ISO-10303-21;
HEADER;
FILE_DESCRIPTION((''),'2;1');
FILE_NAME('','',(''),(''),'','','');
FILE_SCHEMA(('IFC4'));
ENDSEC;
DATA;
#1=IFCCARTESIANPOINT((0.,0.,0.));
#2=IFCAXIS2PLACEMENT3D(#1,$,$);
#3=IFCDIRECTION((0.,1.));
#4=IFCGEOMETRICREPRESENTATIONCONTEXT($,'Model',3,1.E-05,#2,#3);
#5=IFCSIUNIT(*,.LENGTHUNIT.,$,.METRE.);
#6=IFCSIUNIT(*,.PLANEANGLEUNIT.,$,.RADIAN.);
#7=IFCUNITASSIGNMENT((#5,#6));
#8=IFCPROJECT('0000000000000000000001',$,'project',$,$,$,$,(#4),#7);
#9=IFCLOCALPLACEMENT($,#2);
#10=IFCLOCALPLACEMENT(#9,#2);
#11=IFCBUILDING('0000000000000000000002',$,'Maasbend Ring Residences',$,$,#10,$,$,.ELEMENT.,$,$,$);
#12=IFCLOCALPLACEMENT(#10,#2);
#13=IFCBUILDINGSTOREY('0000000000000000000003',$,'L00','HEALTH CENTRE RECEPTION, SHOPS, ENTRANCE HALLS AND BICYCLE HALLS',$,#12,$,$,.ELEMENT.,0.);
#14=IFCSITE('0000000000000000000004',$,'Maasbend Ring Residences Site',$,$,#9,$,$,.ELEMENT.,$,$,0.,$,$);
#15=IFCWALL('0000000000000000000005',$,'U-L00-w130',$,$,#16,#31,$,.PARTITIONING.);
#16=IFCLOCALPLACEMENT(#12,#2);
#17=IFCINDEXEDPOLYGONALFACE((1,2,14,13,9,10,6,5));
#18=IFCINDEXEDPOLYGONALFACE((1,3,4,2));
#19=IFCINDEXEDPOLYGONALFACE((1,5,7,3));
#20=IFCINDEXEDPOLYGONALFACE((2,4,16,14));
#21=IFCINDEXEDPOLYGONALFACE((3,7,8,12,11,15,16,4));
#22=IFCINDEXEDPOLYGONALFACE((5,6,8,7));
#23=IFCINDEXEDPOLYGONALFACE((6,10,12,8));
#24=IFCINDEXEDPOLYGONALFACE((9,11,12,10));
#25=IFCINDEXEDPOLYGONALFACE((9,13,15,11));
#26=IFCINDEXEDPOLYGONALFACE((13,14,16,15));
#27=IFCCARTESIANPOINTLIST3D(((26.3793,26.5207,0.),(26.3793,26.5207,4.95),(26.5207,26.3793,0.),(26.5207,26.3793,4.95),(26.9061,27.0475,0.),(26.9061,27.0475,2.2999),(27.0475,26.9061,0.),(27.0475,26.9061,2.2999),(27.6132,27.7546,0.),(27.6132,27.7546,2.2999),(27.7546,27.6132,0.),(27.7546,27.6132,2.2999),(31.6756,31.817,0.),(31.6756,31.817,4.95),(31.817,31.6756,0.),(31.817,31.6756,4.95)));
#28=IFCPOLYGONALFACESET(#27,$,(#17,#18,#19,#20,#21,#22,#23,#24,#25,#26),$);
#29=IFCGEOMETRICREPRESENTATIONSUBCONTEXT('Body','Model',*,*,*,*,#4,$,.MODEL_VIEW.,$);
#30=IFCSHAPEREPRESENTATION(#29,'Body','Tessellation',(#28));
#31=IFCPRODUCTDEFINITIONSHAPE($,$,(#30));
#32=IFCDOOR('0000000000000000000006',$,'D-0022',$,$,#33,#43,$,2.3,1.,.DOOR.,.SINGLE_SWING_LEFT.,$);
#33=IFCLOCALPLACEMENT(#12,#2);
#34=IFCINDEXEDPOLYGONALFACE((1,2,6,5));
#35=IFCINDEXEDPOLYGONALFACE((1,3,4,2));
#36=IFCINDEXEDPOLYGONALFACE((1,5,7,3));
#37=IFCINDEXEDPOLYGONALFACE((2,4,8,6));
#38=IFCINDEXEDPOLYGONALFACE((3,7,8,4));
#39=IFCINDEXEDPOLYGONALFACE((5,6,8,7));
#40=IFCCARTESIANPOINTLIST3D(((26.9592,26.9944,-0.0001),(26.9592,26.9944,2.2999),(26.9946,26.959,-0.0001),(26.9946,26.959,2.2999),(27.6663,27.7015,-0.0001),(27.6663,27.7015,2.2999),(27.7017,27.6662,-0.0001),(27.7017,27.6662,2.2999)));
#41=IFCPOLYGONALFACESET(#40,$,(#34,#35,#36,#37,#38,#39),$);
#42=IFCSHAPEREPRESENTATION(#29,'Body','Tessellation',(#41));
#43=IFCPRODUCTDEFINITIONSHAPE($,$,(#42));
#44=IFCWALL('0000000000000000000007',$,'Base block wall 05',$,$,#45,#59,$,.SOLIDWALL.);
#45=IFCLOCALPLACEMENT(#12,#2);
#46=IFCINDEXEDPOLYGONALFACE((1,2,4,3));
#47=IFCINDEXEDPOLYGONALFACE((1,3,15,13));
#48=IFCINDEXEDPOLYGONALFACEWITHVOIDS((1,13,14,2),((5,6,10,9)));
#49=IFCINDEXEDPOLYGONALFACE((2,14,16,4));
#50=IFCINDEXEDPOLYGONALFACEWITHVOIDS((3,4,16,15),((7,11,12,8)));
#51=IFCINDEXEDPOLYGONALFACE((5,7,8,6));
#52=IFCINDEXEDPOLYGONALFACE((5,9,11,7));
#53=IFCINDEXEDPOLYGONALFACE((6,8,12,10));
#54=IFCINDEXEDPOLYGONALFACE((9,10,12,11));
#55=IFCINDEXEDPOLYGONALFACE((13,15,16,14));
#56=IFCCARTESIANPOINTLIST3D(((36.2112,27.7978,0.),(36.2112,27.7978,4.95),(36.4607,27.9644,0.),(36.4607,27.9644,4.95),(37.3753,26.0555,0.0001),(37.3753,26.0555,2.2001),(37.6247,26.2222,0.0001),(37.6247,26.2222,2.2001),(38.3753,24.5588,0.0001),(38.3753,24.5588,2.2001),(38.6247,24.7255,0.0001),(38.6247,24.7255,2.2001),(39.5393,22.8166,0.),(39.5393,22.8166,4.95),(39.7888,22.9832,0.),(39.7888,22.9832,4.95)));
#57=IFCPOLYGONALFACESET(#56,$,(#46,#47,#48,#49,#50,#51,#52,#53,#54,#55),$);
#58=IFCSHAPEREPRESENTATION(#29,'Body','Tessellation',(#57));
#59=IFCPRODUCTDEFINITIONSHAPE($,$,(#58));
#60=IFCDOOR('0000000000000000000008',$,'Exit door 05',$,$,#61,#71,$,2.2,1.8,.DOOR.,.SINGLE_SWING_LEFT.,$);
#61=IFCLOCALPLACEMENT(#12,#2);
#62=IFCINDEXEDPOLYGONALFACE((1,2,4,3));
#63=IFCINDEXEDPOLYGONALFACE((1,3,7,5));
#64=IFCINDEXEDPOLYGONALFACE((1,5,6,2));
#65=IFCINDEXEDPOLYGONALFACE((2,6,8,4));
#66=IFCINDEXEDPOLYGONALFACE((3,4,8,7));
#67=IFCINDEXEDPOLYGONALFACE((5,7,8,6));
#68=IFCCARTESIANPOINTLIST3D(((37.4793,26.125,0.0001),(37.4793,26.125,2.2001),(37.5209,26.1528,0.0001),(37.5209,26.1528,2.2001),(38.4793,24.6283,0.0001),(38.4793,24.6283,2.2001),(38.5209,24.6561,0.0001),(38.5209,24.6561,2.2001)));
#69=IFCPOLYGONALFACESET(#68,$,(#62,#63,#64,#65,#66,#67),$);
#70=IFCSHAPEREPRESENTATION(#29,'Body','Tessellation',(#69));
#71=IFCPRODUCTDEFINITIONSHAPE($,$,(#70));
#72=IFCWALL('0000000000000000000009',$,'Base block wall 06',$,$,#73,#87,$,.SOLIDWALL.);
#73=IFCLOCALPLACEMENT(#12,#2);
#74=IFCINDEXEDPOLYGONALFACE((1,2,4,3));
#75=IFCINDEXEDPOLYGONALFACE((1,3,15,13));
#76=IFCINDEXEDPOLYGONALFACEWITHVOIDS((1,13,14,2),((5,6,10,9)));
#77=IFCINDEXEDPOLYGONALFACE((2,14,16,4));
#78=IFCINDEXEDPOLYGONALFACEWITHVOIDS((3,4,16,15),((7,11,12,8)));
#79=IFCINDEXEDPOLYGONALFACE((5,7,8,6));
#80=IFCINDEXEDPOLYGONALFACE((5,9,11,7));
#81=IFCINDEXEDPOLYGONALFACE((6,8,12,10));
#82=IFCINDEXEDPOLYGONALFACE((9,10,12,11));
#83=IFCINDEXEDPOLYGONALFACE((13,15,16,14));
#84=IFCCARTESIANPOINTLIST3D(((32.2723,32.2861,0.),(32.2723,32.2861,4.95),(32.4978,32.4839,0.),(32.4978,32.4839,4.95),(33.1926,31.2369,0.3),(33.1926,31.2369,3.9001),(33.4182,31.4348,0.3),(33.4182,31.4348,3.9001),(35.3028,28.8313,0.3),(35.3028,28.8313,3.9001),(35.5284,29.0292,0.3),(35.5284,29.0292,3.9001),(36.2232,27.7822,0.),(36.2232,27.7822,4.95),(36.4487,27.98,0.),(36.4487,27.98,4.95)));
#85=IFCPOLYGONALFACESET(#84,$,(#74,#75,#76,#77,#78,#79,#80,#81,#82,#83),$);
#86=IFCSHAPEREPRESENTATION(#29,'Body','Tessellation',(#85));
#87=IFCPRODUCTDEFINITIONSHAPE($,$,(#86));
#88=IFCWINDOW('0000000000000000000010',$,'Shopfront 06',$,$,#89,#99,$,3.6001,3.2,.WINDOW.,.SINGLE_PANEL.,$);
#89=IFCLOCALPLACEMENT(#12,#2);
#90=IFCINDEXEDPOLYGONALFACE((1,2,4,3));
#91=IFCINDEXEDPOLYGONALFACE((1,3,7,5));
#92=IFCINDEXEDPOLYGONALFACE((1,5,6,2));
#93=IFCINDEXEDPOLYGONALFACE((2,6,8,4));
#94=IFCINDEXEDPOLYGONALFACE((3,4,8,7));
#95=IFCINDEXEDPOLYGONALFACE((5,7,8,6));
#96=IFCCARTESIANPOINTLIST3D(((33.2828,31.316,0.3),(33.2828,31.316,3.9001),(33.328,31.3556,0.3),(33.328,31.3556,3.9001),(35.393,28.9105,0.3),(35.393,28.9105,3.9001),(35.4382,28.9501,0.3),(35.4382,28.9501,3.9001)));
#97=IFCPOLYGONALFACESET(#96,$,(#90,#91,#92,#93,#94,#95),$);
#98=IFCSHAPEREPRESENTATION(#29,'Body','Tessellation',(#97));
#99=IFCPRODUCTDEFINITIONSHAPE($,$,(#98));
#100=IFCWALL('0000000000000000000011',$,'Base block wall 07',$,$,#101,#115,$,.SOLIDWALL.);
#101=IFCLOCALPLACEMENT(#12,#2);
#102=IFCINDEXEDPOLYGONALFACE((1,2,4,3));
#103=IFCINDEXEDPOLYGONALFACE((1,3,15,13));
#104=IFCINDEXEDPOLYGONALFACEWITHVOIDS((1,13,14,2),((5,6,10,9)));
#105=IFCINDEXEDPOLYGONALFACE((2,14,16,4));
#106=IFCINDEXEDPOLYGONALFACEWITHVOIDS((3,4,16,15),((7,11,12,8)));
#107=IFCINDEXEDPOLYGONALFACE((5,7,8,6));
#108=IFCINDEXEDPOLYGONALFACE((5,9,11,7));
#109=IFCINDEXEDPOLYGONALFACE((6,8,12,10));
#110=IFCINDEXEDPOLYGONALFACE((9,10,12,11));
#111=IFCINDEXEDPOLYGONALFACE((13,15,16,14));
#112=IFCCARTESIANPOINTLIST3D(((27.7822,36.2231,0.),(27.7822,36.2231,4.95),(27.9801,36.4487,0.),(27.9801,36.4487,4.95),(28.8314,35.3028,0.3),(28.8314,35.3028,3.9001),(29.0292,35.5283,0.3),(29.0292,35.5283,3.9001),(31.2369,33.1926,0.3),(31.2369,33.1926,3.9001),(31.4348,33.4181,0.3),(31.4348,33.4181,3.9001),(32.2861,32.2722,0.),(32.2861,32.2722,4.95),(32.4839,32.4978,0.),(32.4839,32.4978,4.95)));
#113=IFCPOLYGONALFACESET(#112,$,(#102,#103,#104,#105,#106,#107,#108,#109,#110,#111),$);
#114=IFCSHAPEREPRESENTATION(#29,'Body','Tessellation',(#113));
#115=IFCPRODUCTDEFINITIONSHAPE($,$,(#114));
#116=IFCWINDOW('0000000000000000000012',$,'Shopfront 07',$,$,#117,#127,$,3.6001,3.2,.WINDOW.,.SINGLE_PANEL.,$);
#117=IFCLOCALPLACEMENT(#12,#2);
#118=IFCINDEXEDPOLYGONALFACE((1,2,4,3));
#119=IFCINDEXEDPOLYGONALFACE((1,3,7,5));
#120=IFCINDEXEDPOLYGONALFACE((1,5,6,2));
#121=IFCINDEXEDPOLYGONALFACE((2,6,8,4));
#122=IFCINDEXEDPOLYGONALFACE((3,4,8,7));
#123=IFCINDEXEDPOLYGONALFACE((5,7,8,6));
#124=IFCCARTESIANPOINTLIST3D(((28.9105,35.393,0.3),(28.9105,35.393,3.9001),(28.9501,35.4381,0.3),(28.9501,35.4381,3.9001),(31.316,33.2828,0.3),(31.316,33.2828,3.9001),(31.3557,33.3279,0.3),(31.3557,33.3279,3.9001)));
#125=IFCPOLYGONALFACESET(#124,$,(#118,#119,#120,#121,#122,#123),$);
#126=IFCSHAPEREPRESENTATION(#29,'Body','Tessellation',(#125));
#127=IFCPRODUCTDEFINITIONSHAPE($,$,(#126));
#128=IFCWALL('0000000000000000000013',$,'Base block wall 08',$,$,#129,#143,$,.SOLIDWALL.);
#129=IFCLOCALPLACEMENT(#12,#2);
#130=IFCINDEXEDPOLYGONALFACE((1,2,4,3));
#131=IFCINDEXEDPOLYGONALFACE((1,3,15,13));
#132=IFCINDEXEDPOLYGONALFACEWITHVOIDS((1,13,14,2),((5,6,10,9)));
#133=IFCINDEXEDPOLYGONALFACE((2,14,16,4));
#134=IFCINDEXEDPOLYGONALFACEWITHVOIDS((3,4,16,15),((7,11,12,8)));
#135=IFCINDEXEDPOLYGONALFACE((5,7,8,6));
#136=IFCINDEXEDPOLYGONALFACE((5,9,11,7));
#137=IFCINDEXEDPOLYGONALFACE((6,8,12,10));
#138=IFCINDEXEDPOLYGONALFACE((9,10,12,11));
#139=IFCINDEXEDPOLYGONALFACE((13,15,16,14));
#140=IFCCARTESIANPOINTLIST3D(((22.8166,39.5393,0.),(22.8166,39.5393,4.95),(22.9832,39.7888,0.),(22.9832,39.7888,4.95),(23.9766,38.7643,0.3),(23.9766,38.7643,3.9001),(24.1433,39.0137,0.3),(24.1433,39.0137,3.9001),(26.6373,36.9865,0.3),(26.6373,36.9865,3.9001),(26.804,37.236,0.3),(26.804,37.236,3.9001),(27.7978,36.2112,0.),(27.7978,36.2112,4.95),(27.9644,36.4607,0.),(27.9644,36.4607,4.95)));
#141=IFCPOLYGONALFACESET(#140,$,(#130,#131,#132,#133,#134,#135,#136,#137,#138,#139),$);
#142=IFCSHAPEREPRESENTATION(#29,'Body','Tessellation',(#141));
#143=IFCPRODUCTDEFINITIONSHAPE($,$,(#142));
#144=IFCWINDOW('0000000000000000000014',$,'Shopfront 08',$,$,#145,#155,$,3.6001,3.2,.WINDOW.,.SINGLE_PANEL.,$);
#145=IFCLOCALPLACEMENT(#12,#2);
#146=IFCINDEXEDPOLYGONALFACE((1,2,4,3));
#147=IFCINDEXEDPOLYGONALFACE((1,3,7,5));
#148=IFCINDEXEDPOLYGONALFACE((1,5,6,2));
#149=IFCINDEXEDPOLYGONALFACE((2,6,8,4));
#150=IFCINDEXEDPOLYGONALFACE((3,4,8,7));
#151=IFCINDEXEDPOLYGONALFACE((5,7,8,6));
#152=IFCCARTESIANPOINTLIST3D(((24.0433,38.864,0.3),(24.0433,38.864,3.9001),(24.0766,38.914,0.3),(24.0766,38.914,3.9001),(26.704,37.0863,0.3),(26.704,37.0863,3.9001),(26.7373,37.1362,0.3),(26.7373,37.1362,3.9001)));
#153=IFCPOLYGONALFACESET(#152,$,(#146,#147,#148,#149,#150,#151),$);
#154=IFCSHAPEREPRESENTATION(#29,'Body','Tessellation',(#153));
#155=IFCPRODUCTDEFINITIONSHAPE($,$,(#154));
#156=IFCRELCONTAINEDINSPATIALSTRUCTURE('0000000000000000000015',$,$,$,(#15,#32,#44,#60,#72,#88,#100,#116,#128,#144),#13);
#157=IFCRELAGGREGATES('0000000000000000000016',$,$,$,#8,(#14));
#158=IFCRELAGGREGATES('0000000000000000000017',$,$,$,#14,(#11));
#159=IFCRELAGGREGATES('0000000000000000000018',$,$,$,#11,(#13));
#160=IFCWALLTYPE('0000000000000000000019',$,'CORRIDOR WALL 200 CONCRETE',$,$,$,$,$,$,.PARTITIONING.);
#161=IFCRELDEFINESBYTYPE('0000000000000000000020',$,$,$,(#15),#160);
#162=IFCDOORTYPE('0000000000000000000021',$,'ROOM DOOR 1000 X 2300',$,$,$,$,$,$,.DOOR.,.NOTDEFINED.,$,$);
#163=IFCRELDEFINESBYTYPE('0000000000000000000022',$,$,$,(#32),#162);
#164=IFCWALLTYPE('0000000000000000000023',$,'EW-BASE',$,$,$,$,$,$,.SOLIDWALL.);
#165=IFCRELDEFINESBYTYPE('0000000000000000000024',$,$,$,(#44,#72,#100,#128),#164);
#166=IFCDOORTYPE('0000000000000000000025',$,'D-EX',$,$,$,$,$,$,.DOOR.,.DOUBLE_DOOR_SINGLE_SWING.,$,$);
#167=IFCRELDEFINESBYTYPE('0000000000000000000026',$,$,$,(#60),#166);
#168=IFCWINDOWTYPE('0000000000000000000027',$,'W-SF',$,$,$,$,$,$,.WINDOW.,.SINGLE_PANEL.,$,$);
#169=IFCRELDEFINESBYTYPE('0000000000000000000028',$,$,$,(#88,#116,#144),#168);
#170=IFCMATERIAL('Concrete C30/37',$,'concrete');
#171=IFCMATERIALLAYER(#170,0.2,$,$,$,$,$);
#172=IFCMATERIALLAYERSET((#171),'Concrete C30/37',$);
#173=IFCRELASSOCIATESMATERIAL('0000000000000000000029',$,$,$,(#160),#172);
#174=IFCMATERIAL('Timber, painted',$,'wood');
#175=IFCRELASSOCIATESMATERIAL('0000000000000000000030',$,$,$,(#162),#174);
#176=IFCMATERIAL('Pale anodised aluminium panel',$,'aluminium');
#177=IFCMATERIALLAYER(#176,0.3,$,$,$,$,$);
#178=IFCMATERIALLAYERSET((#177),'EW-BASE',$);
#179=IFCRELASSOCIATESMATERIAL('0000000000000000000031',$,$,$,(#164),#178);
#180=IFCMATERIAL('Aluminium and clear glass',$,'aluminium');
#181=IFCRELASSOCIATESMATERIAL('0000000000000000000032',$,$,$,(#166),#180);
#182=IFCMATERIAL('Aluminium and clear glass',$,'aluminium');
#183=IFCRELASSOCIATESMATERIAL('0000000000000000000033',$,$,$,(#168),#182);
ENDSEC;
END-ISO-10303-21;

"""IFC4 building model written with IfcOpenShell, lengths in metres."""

from ifc_helpers import new_model, si_unit, direction, frame, frame_2d, origin, place, context, subcontext, project, spatial, rectangle, extrude, material, layer, layer_set, type_object, element, fill, save


model = new_model("IFC4")

# Units and contexts
model_context = context("Model", 3, precision=1e-05, world=origin(), true_north=direction((0.0, 1.0)))
body_context = subcontext(model_context, "Body", "Model", "MODEL_VIEW")
ifc_project = project(units=[si_unit("LENGTHUNIT", "METRE"), si_unit("PLANEANGLEUNIT", "RADIAN")], contexts=[model_context])

# Site, building, storey
site_placement = place(None, origin())
site = spatial("IfcSite", under=ifc_project, at=site_placement, Name="Maasbend Ring Residences Site", CompositionType="ELEMENT", RefElevation=0.0)
building_placement = place(site_placement, origin())
building = spatial("IfcBuilding", under=site, at=building_placement, Name="Maasbend Ring Residences", CompositionType="ELEMENT")
storey_placement = place(building_placement, origin())
storey = spatial("IfcBuildingStorey", under=building, at=storey_placement, Name="L00", Description="HEALTH CENTRE RECEPTION, SHOPS, ENTRANCE HALLS AND BICYCLE HALLS", CompositionType="ELEMENT", Elevation=0.0)

# Walls, openings, doors
ifc_material_1 = material(Name="Concrete C30/37", Category="concrete")
ifc_layer_1 = layer(ifc_material_1, 0.2)
ifc_layer_set_1 = layer_set([ifc_layer_1], Name="Concrete C30/37")
wall_type_1 = type_object("IfcWallType", Name="CORRIDOR WALL 200 CONCRETE", PredefinedType="PARTITIONING", material=ifc_layer_set_1)
wall_1_placement = place(storey_placement, frame((26.45, 26.45, 0.0), z_axis=(0.0, 0.0, 1.0), x_axis=(0.707107, 0.707107, 0.0)))
wall_1 = element("IfcWall", 1, at=wall_1_placement, inside=storey, type_object=wall_type_1, Name="U-L00-w130", PredefinedType="PARTITIONING", context=body_context, shape_type="SweptSolid", body=[
    extrude(rectangle(XDim=7.49, YDim=0.2, at=frame_2d((3.7451, 0.0))), origin(), (0.0, 0.0, 1.0), 4.95),
])
opening_1_placement = place(wall_1_placement, frame((0.7451, 0.0, 0.0)))
opening_1 = element("IfcOpeningElement", 2, at=opening_1_placement, cuts=wall_1, PredefinedType="OPENING", context=body_context, shape_type="SweptSolid", body=[
    extrude(rectangle(XDim=1.0, YDim=2.3, at=frame_2d((0.5, 1.1499))), frame((0.0, 0.1099, 0.0), z_axis=(0.0, -1.0, 0.0), x_axis=(1.0, 0.0, 0.0)), (0.0, 0.0, 1.0), 0.22),
])
ifc_material_2 = material(Name="Timber, painted", Category="wood")
door_type_1 = type_object("IfcDoorType", Name="ROOM DOOR 1000 X 2300", OperationType="NOTDEFINED", PredefinedType="DOOR", material=ifc_material_2)
door_1_placement = place(opening_1_placement, origin())
door_1 = element("IfcDoor", 3, at=door_1_placement, inside=storey, type_object=door_type_1, Name="D-0022", OperationType="SINGLE_SWING_LEFT", OverallHeight=2.3, OverallWidth=1.0, PredefinedType="DOOR", context=body_context, shape_type="SweptSolid", body=[
    extrude(rectangle(XDim=1.0, YDim=2.3, at=frame_2d((0.5, 1.1499))), frame((0.0, 0.0249, 0.0), z_axis=(0.0, -1.0, 0.0), x_axis=(1.0, 0.0, 0.0)), (0.0, 0.0, 1.0), 0.05),
])
fill(opening_1, door_1)
ifc_material_3 = material(Name="Pale anodised aluminium panel", Category="aluminium")
ifc_layer_2 = layer(ifc_material_3, 0.3)
ifc_layer_set_2 = layer_set([ifc_layer_2], Name="EW-BASE")
wall_type_2 = type_object("IfcWallType", Name="EW-BASE", PredefinedType="SOLIDWALL", material=ifc_layer_set_2)
wall_2_placement = place(storey_placement, frame((39.6641, 22.8999, 0.0), z_axis=(0.0, 0.0, 1.0), x_axis=(-0.555546, 0.831486, 0.0)))
wall_2 = element("IfcWall", 4, at=wall_2_placement, inside=storey, type_object=wall_type_2, Name="Base block wall 05", PredefinedType="SOLIDWALL", context=body_context, shape_type="SweptSolid", body=[
    extrude(rectangle(XDim=5.9907, YDim=0.3, at=frame_2d((2.9954, 0.0))), origin(), (0.0, 0.0, 1.0), 4.95),
])
opening_2_placement = place(wall_2_placement, frame((2.0955, 0.0, 0.0)))
opening_2 = element("IfcOpeningElement", 5, at=opening_2_placement, cuts=wall_2, PredefinedType="OPENING", context=body_context, shape_type="SweptSolid", body=[
    extrude(rectangle(XDim=1.8, YDim=2.2, at=frame_2d((0.8999, 1.1001))), frame((0.0, 0.1602, 0.0), z_axis=(0.0, -1.0, 0.0), x_axis=(1.0, 0.0, 0.0)), (0.0, 0.0, 1.0), 0.3201),
])
ifc_material_4 = material(Name="Aluminium and clear glass", Category="aluminium")
door_type_2 = type_object("IfcDoorType", Name="D-EX", OperationType="DOUBLE_DOOR_SINGLE_SWING", PredefinedType="DOOR", material=ifc_material_4)
door_2_placement = place(opening_2_placement, origin())
door_2 = element("IfcDoor", 6, at=door_2_placement, inside=storey, type_object=door_type_2, Name="Exit door 05", OperationType="SINGLE_SWING_LEFT", OverallHeight=2.2, OverallWidth=1.8, PredefinedType="DOOR", context=body_context, shape_type="SweptSolid", body=[
    extrude(rectangle(XDim=1.8, YDim=2.2, at=frame_2d((0.8999, 1.1001))), frame((0.0, 0.0249, 0.0), z_axis=(0.0, -1.0, 0.0), x_axis=(1.0, 0.0, 0.0)), (0.0, 0.0, 1.0), 0.05),
])
fill(opening_2, door_2)

# Walls, openings, windows
wall_3_placement = place(storey_placement, frame((36.3359, 27.8811, 0.0), z_axis=(0.0, 0.0, 1.0), x_axis=(-0.65945, 0.751748, 0.0)))
wall_3 = element("IfcWall", 7, at=wall_3_placement, inside=storey, type_object=wall_type_2, Name="Base block wall 06", PredefinedType="SOLIDWALL", context=body_context, shape_type="SweptSolid", body=[
    extrude(rectangle(XDim=5.9912, YDim=0.3, at=frame_2d((2.9956, 0.0))), origin(), (0.0, 0.0, 1.0), 4.95),
])
opening_3_placement = place(wall_3_placement, frame((1.3955, 0.0, 0.3)))
opening_3 = element("IfcOpeningElement", 8, at=opening_3_placement, cuts=wall_3, PredefinedType="OPENING", context=body_context, shape_type="SweptSolid", body=[
    extrude(rectangle(XDim=3.2, YDim=3.6001, at=frame_2d((1.6001, 1.8))), frame((0.0, 0.1602, 0.0), z_axis=(0.0, -1.0, 0.0), x_axis=(1.0, 0.0, 0.0)), (0.0, 0.0, 1.0), 0.3201),
])
ifc_material_5 = material(Name="Aluminium and clear glass", Category="aluminium")
window_type = type_object("IfcWindowType", Name="W-SF", PartitioningType="SINGLE_PANEL", PredefinedType="WINDOW", material=ifc_material_5)
window_1_placement = place(opening_3_placement, origin())
window_1 = element("IfcWindow", 9, at=window_1_placement, inside=storey, type_object=window_type, Name="Shopfront 06", OverallHeight=3.6001, OverallWidth=3.2, PartitioningType="SINGLE_PANEL", PredefinedType="WINDOW", context=body_context, shape_type="SweptSolid", body=[
    extrude(rectangle(XDim=3.2, YDim=3.6001, at=frame_2d((1.6001, 1.8))), frame((0.0, 0.03, 0.0), z_axis=(0.0, -1.0, 0.0), x_axis=(1.0, 0.0, 0.0)), (0.0, 0.0, 1.0), 0.0601),
])
fill(opening_3, window_1)
wall_4_placement = place(storey_placement, frame((32.385, 32.385, 0.0), z_axis=(0.0, 0.0, 1.0), x_axis=(-0.751748, 0.65945, 0.0)))
wall_4 = element("IfcWall", 10, at=wall_4_placement, inside=storey, type_object=wall_type_2, Name="Base block wall 07", PredefinedType="SOLIDWALL", context=body_context, shape_type="SweptSolid", body=[
    extrude(rectangle(XDim=5.9912, YDim=0.3, at=frame_2d((2.9956, 0.0))), origin(), (0.0, 0.0, 1.0), 4.95),
])
opening_4_placement = place(wall_4_placement, frame((1.3955, 0.0, 0.3)))
opening_4 = element("IfcOpeningElement", 11, at=opening_4_placement, cuts=wall_4, PredefinedType="OPENING", context=body_context, shape_type="SweptSolid", body=[
    extrude(rectangle(XDim=3.2, YDim=3.6001, at=frame_2d((1.6001, 1.8))), frame((0.0, 0.1602, 0.0), z_axis=(0.0, -1.0, 0.0), x_axis=(1.0, 0.0, 0.0)), (0.0, 0.0, 1.0), 0.3201),
])
window_2_placement = place(opening_4_placement, origin())
window_2 = element("IfcWindow", 12, at=window_2_placement, inside=storey, type_object=window_type, Name="Shopfront 07", OverallHeight=3.6001, OverallWidth=3.2, PartitioningType="SINGLE_PANEL", PredefinedType="WINDOW", context=body_context, shape_type="SweptSolid", body=[
    extrude(rectangle(XDim=3.2, YDim=3.6001, at=frame_2d((1.6001, 1.8))), frame((0.0, 0.03, 0.0), z_axis=(0.0, -1.0, 0.0), x_axis=(1.0, 0.0, 0.0)), (0.0, 0.0, 1.0), 0.0601),
])
fill(opening_4, window_2)
wall_5_placement = place(storey_placement, frame((27.8811, 36.3359, 0.0), z_axis=(0.0, 0.0, 1.0), x_axis=(-0.831486, 0.555546, 0.0)))
wall_5 = element("IfcWall", 13, at=wall_5_placement, inside=storey, type_object=wall_type_2, Name="Base block wall 08", PredefinedType="SOLIDWALL", context=body_context, shape_type="SweptSolid", body=[
    extrude(rectangle(XDim=5.9907, YDim=0.3, at=frame_2d((2.9954, 0.0))), origin(), (0.0, 0.0, 1.0), 4.95),
])
opening_5_placement = place(wall_5_placement, frame((1.3955, 0.0, 0.3)))
opening_5 = element("IfcOpeningElement", 14, at=opening_5_placement, cuts=wall_5, PredefinedType="OPENING", context=body_context, shape_type="SweptSolid", body=[
    extrude(rectangle(XDim=3.2, YDim=3.6001, at=frame_2d((1.6001, 1.8))), frame((0.0, 0.1602, 0.0), z_axis=(0.0, -1.0, 0.0), x_axis=(1.0, 0.0, 0.0)), (0.0, 0.0, 1.0), 0.3201),
])
window_3_placement = place(opening_5_placement, origin())
window_3 = element("IfcWindow", 15, at=window_3_placement, inside=storey, type_object=window_type, Name="Shopfront 08", OverallHeight=3.6001, OverallWidth=3.2, PartitioningType="SINGLE_PANEL", PredefinedType="WINDOW", context=body_context, shape_type="SweptSolid", body=[
    extrude(rectangle(XDim=3.2, YDim=3.6001, at=frame_2d((1.6001, 1.8))), frame((0.0, 0.03, 0.0), z_axis=(0.0, -1.0, 0.0), x_axis=(1.0, 0.0, 0.0)), (0.0, 0.0, 1.0), 0.0601),
])
fill(opening_5, window_3)

save(model, "model.ifc")
